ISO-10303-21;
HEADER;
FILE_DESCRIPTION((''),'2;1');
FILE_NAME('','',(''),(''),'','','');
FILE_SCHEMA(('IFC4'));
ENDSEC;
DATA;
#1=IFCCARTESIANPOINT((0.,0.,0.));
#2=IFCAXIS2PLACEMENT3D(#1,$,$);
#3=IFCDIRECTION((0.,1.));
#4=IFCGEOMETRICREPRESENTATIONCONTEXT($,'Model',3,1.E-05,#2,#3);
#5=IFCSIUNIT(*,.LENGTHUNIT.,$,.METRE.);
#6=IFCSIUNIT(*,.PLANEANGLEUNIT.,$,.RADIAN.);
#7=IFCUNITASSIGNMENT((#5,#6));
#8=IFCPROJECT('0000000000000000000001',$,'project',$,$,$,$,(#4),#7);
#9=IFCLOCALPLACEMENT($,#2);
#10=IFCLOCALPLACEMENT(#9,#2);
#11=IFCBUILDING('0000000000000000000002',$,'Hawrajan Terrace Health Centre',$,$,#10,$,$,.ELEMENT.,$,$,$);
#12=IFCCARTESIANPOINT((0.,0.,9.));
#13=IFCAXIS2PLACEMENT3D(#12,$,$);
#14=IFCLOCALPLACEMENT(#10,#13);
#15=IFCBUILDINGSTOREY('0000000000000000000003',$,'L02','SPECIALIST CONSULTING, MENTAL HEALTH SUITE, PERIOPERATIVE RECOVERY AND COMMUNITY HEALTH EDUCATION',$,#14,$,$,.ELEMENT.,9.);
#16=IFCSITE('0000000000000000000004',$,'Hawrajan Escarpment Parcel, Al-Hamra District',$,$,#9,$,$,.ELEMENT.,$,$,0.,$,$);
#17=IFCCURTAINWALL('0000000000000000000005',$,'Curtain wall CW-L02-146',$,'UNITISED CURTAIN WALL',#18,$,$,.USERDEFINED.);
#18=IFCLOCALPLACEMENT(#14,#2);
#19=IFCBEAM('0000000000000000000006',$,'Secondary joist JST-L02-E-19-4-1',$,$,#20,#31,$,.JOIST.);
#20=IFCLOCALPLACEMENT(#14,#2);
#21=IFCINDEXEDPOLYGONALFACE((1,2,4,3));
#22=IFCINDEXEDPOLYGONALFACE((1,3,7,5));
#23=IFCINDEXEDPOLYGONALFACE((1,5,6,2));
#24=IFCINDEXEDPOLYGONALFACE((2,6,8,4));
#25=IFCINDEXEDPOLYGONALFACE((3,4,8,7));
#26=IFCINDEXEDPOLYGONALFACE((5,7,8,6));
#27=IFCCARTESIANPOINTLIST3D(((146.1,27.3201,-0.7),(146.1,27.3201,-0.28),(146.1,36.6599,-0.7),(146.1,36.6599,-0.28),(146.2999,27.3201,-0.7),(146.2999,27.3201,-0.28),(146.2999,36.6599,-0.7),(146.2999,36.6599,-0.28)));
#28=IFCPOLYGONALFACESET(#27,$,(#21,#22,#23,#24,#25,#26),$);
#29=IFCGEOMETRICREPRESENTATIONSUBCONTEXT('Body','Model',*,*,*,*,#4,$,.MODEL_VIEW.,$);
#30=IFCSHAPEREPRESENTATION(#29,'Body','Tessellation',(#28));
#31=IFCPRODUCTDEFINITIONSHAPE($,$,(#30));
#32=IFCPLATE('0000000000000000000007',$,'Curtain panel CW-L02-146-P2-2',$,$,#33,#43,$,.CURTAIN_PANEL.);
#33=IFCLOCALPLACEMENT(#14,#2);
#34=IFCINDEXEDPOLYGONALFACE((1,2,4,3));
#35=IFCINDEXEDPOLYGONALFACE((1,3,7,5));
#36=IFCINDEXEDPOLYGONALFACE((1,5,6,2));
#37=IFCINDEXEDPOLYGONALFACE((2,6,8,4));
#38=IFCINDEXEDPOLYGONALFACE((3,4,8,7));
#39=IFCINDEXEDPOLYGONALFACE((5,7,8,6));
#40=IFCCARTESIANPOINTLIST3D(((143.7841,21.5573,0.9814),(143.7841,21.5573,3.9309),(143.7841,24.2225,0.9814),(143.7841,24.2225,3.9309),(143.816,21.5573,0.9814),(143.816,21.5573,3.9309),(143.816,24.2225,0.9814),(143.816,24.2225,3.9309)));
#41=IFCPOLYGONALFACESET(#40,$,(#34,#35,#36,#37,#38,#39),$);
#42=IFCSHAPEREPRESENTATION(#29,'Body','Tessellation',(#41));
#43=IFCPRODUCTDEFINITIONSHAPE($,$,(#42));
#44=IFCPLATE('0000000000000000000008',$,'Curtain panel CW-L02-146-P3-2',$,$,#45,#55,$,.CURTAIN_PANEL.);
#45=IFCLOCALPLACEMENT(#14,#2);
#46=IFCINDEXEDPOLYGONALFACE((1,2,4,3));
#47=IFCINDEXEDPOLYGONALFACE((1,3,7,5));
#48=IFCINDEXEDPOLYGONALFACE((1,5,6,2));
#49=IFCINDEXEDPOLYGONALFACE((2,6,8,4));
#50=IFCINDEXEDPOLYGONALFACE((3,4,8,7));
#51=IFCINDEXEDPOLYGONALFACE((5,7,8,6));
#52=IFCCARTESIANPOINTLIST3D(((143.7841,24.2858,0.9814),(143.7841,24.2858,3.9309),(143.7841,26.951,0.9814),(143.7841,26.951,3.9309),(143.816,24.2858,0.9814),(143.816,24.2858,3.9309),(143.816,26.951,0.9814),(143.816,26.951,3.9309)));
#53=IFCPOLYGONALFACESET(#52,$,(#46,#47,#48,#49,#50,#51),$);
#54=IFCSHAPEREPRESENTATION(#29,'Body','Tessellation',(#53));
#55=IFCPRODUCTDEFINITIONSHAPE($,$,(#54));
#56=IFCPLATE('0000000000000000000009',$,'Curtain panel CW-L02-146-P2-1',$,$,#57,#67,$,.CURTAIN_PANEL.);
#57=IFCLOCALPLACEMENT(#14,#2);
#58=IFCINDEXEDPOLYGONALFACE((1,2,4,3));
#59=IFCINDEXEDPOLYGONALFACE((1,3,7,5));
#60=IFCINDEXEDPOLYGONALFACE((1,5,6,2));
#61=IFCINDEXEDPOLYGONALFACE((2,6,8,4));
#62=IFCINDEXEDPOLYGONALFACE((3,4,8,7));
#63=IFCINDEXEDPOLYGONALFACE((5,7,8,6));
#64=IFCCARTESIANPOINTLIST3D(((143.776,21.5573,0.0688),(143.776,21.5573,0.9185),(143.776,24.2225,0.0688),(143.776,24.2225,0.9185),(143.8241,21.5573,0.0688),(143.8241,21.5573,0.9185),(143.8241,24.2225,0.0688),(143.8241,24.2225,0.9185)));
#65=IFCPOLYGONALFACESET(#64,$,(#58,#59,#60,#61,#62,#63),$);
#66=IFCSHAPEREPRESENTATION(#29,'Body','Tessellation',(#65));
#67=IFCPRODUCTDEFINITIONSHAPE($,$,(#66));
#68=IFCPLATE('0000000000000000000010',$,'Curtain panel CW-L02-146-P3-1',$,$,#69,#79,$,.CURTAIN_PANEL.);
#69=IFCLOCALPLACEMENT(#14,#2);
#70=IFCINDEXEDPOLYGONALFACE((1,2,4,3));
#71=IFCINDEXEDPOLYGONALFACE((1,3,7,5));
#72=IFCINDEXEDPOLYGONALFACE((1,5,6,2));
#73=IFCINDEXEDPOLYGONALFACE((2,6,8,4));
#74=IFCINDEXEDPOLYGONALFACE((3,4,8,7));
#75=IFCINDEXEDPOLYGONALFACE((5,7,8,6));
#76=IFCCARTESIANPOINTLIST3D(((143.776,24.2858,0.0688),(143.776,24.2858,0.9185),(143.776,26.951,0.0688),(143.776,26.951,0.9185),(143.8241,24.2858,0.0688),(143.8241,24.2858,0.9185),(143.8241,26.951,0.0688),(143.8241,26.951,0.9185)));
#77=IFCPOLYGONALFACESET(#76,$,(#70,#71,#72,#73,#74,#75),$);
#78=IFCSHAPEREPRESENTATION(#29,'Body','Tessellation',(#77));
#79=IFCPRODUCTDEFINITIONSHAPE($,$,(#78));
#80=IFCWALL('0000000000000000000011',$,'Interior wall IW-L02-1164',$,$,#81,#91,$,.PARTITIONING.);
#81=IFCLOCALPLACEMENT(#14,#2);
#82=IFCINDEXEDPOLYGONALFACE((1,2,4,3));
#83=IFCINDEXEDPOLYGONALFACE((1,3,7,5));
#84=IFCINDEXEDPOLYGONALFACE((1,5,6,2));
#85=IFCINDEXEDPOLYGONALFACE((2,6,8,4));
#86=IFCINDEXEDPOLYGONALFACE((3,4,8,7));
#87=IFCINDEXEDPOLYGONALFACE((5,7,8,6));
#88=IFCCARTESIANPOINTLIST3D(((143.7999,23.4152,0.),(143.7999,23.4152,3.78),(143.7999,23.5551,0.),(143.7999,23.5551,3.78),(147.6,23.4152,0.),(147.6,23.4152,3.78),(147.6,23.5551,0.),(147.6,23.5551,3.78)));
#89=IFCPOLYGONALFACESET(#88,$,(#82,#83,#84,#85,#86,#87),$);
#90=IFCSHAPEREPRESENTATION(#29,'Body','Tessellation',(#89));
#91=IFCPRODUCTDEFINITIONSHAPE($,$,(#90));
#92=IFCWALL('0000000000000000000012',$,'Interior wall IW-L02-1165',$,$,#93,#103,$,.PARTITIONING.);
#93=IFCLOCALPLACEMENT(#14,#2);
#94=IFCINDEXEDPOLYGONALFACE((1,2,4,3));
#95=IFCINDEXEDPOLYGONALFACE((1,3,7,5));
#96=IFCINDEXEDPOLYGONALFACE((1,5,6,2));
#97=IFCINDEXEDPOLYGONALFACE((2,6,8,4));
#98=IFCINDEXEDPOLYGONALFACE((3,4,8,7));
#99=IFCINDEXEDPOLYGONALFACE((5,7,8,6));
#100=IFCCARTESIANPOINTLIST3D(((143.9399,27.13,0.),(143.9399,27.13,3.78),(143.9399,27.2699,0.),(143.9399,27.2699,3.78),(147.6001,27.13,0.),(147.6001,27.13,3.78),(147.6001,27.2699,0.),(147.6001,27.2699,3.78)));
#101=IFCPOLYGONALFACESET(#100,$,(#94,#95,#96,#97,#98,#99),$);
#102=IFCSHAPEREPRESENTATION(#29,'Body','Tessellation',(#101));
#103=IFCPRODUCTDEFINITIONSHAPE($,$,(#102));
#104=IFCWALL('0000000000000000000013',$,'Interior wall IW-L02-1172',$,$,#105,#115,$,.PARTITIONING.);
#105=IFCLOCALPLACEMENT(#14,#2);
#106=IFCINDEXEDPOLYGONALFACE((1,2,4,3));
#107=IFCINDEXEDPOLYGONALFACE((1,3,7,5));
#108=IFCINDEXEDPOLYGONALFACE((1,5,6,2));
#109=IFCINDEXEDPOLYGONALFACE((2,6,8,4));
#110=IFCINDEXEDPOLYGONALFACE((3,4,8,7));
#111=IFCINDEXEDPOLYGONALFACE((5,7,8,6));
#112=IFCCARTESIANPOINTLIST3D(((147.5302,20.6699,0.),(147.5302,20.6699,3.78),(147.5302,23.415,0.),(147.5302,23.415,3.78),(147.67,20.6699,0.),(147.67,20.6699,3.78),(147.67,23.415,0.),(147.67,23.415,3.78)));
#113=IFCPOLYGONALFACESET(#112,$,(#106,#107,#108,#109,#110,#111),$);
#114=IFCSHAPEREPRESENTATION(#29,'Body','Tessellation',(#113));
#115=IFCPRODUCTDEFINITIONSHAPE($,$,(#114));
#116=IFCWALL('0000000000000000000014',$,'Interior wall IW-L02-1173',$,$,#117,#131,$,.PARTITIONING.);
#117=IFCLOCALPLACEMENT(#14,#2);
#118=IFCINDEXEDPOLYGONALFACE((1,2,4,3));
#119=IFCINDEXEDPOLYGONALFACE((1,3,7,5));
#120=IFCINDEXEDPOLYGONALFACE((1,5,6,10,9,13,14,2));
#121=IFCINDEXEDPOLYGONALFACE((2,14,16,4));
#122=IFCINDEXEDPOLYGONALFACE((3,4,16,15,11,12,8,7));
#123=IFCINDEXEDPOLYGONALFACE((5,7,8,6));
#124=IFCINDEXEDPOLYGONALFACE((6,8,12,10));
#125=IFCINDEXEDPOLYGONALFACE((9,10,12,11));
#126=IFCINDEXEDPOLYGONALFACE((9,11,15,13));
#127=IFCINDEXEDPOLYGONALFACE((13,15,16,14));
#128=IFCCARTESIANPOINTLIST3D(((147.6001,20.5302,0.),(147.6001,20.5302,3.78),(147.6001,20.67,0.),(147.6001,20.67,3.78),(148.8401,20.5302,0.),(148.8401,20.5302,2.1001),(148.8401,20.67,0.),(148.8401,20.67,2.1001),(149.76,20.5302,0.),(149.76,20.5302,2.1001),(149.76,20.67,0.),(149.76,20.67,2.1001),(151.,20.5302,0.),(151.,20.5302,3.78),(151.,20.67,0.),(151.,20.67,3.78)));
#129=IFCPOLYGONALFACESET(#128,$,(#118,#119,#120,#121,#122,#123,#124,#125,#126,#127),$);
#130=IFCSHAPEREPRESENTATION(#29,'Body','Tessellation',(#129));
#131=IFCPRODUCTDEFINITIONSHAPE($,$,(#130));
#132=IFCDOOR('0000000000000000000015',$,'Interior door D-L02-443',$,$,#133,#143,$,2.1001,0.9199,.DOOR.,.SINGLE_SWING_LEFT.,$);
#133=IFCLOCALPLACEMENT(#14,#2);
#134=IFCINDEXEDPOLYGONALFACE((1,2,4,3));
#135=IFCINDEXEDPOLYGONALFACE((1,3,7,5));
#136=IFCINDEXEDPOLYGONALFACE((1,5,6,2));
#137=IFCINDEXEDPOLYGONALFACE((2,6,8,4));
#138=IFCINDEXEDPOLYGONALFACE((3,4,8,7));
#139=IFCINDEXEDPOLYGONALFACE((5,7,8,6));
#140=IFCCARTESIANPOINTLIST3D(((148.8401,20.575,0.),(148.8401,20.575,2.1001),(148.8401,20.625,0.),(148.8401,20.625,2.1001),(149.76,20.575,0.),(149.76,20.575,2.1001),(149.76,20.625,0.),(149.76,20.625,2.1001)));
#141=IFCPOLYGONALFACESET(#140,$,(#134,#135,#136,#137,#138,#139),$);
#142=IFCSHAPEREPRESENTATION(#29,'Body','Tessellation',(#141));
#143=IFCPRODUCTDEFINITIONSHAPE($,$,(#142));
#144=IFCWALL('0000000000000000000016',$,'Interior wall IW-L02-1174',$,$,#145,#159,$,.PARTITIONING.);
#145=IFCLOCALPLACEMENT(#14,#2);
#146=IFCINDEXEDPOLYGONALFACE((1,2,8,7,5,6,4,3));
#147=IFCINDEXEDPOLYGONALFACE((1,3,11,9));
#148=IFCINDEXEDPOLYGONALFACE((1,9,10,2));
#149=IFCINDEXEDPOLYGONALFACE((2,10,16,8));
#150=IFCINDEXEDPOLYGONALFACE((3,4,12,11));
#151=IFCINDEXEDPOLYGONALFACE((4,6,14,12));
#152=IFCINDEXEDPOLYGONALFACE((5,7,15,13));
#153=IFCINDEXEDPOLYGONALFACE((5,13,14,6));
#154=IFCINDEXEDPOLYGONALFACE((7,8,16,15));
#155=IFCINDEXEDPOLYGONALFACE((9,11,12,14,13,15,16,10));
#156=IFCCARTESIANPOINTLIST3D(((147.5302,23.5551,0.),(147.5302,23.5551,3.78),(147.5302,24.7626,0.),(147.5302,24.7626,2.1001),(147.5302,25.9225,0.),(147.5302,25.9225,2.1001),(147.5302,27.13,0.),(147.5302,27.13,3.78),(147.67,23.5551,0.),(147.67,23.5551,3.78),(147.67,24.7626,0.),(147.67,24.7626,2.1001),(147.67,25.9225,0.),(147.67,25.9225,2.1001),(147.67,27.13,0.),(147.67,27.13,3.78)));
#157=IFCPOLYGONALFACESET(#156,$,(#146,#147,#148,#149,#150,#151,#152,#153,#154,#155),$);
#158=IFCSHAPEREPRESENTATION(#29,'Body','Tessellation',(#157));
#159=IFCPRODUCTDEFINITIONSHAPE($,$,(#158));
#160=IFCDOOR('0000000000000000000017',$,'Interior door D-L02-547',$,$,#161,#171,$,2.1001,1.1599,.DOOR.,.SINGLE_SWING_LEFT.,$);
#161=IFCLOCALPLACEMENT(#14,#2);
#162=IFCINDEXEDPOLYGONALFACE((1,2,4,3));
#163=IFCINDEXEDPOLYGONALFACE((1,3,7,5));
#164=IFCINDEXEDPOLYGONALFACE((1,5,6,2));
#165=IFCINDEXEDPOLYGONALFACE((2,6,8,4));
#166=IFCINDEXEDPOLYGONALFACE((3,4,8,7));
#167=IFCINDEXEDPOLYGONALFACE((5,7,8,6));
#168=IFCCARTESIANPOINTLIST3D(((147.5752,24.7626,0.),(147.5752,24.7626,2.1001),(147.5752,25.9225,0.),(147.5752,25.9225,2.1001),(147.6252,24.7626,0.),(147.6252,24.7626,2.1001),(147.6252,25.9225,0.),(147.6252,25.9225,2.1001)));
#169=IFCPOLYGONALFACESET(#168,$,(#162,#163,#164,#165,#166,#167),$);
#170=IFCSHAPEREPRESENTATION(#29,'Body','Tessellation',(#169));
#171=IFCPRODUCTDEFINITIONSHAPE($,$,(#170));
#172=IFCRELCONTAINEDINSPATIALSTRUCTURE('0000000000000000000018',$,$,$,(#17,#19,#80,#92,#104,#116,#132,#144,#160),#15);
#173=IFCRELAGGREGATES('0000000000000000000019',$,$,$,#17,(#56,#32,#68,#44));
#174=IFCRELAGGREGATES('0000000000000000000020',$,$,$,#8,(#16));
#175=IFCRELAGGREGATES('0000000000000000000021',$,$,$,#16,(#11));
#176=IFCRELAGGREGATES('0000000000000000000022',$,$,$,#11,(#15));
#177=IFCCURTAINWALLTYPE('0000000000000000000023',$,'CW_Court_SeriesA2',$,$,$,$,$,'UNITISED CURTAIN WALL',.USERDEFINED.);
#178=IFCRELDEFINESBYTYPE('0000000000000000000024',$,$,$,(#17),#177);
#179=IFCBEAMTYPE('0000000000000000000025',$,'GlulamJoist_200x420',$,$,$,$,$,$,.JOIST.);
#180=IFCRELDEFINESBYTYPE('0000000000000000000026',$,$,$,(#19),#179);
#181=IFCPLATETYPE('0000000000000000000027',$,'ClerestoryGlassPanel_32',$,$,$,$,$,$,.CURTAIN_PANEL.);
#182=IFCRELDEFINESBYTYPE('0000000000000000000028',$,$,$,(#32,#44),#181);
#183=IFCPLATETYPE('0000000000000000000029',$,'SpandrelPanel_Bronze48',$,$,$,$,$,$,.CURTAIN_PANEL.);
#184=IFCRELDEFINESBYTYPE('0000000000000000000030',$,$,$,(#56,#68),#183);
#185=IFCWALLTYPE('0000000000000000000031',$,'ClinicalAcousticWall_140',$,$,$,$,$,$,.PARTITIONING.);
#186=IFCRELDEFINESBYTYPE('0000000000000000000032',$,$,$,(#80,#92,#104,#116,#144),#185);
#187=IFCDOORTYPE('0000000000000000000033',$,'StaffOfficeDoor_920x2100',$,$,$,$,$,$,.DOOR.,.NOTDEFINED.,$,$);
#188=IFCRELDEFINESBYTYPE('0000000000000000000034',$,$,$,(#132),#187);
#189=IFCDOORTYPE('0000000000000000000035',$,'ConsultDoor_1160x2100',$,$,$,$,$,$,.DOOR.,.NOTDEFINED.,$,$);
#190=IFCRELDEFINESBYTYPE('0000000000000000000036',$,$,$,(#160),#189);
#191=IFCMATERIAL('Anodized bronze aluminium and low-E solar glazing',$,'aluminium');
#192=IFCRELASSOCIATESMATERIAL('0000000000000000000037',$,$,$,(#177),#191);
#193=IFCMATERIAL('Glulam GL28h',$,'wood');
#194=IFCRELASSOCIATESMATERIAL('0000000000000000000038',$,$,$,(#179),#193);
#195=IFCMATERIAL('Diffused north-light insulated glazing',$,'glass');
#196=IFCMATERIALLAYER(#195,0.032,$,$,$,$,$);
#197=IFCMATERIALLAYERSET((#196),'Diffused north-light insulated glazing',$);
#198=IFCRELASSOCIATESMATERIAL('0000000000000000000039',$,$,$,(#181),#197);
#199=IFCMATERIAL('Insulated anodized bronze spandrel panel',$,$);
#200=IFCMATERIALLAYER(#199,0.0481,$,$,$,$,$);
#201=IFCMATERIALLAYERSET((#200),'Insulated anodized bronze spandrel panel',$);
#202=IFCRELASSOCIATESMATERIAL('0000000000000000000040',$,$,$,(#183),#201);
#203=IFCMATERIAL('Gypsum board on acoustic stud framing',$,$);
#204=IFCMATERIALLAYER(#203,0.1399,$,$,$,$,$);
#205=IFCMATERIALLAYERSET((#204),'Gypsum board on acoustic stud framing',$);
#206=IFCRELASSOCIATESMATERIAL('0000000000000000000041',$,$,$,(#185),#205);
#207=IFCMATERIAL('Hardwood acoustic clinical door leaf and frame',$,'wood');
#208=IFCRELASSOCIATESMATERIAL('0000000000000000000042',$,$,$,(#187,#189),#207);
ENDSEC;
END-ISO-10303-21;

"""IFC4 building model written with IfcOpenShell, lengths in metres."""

from ifc_helpers import new_model, si_unit, direction, frame, frame_2d, origin, origin_2d, place, context, subcontext, project, spatial, rectangle, extrude, material, layer, layer_set, material_profile, profile_set, type_object, element, fill, aggregate, save


model = new_model("IFC4")

# Units and contexts
model_context = context("Model", 3, precision=1e-05, world=origin(), true_north=direction((0.0, 1.0)))
body_context = subcontext(model_context, "Body", "Model", "MODEL_VIEW")
ifc_project = project(units=[si_unit("LENGTHUNIT", "METRE"), si_unit("PLANEANGLEUNIT", "RADIAN")], contexts=[model_context])

# Site, building, storey
site_placement = place(None, origin())
site = spatial("IfcSite", under=ifc_project, at=site_placement, Name="Hawrajan Escarpment Parcel, Al-Hamra District", CompositionType="ELEMENT", RefElevation=0.0)
building_placement = place(site_placement, origin())
building = spatial("IfcBuilding", under=site, at=building_placement, Name="Hawrajan Terrace Health Centre", CompositionType="ELEMENT")
storey_placement = place(building_placement, frame((0.0, 0.0, 9.0)))
storey = spatial("IfcBuildingStorey", under=building, at=storey_placement, Name="L02", Description="SPECIALIST CONSULTING, MENTAL HEALTH SUITE, PERIOPERATIVE RECOVERY AND COMMUNITY HEALTH EDUCATION", CompositionType="ELEMENT", Elevation=9.0)

# Shared definitions
ifc_material_1 = material(Name="Anodized bronze aluminium and low-E solar glazing", Category="aluminium")

# Curtain wall
curtain_wall_type_1 = type_object("IfcCurtainWallType", Name="CW_Court_SeriesA2", ElementType="UNITISED CURTAIN WALL", PredefinedType="USERDEFINED", material=ifc_material_1)
curtain_wall_1_placement = place(storey_placement, origin())
curtain_wall_1 = element("IfcCurtainWall", 1, at=curtain_wall_1_placement, inside=storey, type_object=curtain_wall_type_1, Name="Curtain wall CW-L02-146", ObjectType="UNITISED CURTAIN WALL", PredefinedType="USERDEFINED")

# Beam
ifc_material_2 = material(Name="Glulam GL28h", Category="wood")
ifc_material_profile_1 = material_profile(ifc_material_2, rectangle(XDim=0.2, YDim=0.4199, at=origin_2d()), Name="GL JST 200x420")
ifc_profile_set_1 = profile_set([ifc_material_profile_1], Name="Glulam GL28h")
beam_type_1 = type_object("IfcBeamType", Name="GlulamJoist_200x420", PredefinedType="JOIST", material=ifc_profile_set_1)
beam_1_placement = place(storey_placement, frame((146.2, 27.3201, -0.49), z_axis=(0.0, 1.0, 0.0), x_axis=(-1.0, 0.0, 0.0)))
element("IfcBeam", 2, at=beam_1_placement, inside=storey, type_object=beam_type_1, Name="Secondary joist JST-L02-E-19-4-1", PredefinedType="JOIST", context=body_context, shape_type="SweptSolid", body=[
    extrude(rectangle(XDim=0.2, YDim=0.4199, at=origin_2d()), origin(), (0.0, 0.0, 1.0), 9.3398),
])

# Plates
ifc_material_3 = material(Name="Diffused north-light insulated glazing", Category="glass")
ifc_layer_1 = layer(ifc_material_3, 0.032)
ifc_layer_set_1 = layer_set([ifc_layer_1], Name="Diffused north-light insulated glazing")
plate_type_1 = type_object("IfcPlateType", Name="ClerestoryGlassPanel_32", PredefinedType="CURTAIN_PANEL", material=ifc_layer_set_1)
plate_1_placement = place(storey_placement, frame((143.8, 22.8899, 0.9814), z_axis=(0.0, 0.0, 1.0), x_axis=(0.0, 1.0, 0.0)))
plate_1 = element("IfcPlate", 3, at=plate_1_placement, type_object=plate_type_1, Name="Curtain panel CW-L02-146-P2-2", PredefinedType="CURTAIN_PANEL", context=body_context, shape_type="SweptSolid", body=[
    extrude(rectangle(XDim=2.6653, YDim=0.032, at=origin_2d()), origin(), (0.0, 0.0, 1.0), 2.9495),
])
plate_2_placement = place(storey_placement, frame((143.8, 25.6184, 0.9814), z_axis=(0.0, 0.0, 1.0), x_axis=(0.0, 1.0, 0.0)))
plate_2 = element("IfcPlate", 4, at=plate_2_placement, type_object=plate_type_1, Name="Curtain panel CW-L02-146-P3-2", PredefinedType="CURTAIN_PANEL", context=body_context, shape_type="SweptSolid", body=[
    extrude(rectangle(XDim=2.6653, YDim=0.032, at=origin_2d()), origin(), (0.0, 0.0, 1.0), 2.9495),
])
ifc_material_4 = material(Name="Insulated anodized bronze spandrel panel")
ifc_layer_2 = layer(ifc_material_4, 0.0481)
ifc_layer_set_2 = layer_set([ifc_layer_2], Name="Insulated anodized bronze spandrel panel")
plate_type_2 = type_object("IfcPlateType", Name="SpandrelPanel_Bronze48", PredefinedType="CURTAIN_PANEL", material=ifc_layer_set_2)
plate_3_placement = place(storey_placement, frame((143.8, 22.8899, 0.0688), z_axis=(0.0, 0.0, 1.0), x_axis=(0.0, 1.0, 0.0)))
plate_3 = element("IfcPlate", 5, at=plate_3_placement, type_object=plate_type_2, Name="Curtain panel CW-L02-146-P2-1", PredefinedType="CURTAIN_PANEL", context=body_context, shape_type="SweptSolid", body=[
    extrude(rectangle(XDim=2.6653, YDim=0.0481, at=origin_2d()), origin(), (0.0, 0.0, 1.0), 0.8496),
])
plate_4_placement = place(storey_placement, frame((143.8, 25.6184, 0.0688), z_axis=(0.0, 0.0, 1.0), x_axis=(0.0, 1.0, 0.0)))
plate_4 = element("IfcPlate", 6, at=plate_4_placement, type_object=plate_type_2, Name="Curtain panel CW-L02-146-P3-1", PredefinedType="CURTAIN_PANEL", context=body_context, shape_type="SweptSolid", body=[
    extrude(rectangle(XDim=2.6653, YDim=0.0481, at=origin_2d()), origin(), (0.0, 0.0, 1.0), 0.8496),
])
aggregate(curtain_wall_1, [plate_3, plate_1, plate_4, plate_2])

# Walls
ifc_material_5 = material(Name="Gypsum board on acoustic stud framing")
ifc_layer_3 = layer(ifc_material_5, 0.1399)
ifc_layer_set_3 = layer_set([ifc_layer_3], Name="Gypsum board on acoustic stud framing")
wall_type = type_object("IfcWallType", Name="ClinicalAcousticWall_140", PredefinedType="PARTITIONING", material=ifc_layer_set_3)
wall_1_placement = place(storey_placement, frame((143.8, 23.4851, 0.0), z_axis=(0.0, 0.0, 1.0), x_axis=(1.0, 0.0, 0.0)))
element("IfcWall", 7, at=wall_1_placement, inside=storey, type_object=wall_type, Name="Interior wall IW-L02-1164", PredefinedType="PARTITIONING", context=body_context, shape_type="SweptSolid", body=[
    extrude(rectangle(XDim=3.8, YDim=0.1399, at=frame_2d((1.8999, 0.0))), origin(), (0.0, 0.0, 1.0), 3.78),
])
wall_2_placement = place(storey_placement, frame((143.9399, 27.2, 0.0), z_axis=(0.0, 0.0, 1.0), x_axis=(1.0, 0.0, 0.0)))
element("IfcWall", 8, at=wall_2_placement, inside=storey, type_object=wall_type, Name="Interior wall IW-L02-1165", PredefinedType="PARTITIONING", context=body_context, shape_type="SweptSolid", body=[
    extrude(rectangle(XDim=3.6602, YDim=0.1399, at=frame_2d((1.8301, 0.0))), origin(), (0.0, 0.0, 1.0), 3.78),
])
wall_3_placement = place(storey_placement, frame((147.6001, 20.6699, 0.0), z_axis=(0.0, 0.0, 1.0), x_axis=(0.0, 1.0, 0.0)))
element("IfcWall", 9, at=wall_3_placement, inside=storey, type_object=wall_type, Name="Interior wall IW-L02-1172", PredefinedType="PARTITIONING", context=body_context, shape_type="SweptSolid", body=[
    extrude(rectangle(XDim=2.7451, YDim=0.1399, at=frame_2d((1.3726, 0.0))), origin(), (0.0, 0.0, 1.0), 3.78),
])

# Walls, openings, doors
wall_4_placement = place(storey_placement, frame((147.6001, 20.6001, 0.0), z_axis=(0.0, 0.0, 1.0), x_axis=(1.0, 0.0, 0.0)))
wall_4 = element("IfcWall", 10, at=wall_4_placement, inside=storey, type_object=wall_type, Name="Interior wall IW-L02-1173", PredefinedType="PARTITIONING", context=body_context, shape_type="SweptSolid", body=[
    extrude(rectangle(XDim=3.3999, YDim=0.1399, at=frame_2d((1.7, 0.0))), origin(), (0.0, 0.0, 1.0), 3.78),
])
opening_1_placement = place(wall_4_placement, frame((1.24, 0.0, 0.0)))
opening_1 = element("IfcOpeningElement", 11, at=opening_1_placement, cuts=wall_4, PredefinedType="OPENING", context=body_context, shape_type="SweptSolid", body=[
    extrude(rectangle(XDim=0.9199, YDim=2.1001, at=frame_2d((0.46, 1.05))), frame((0.0, 0.0798, 0.0), z_axis=(0.0, -1.0, 0.0), x_axis=(1.0, 0.0, 0.0)), (0.0, 0.0, 1.0), 0.1599),
])
ifc_material_6 = material(Name="Hardwood acoustic clinical door leaf and frame", Category="wood")
door_type_1 = type_object("IfcDoorType", Name="StaffOfficeDoor_920x2100", OperationType="NOTDEFINED", PredefinedType="DOOR", material=ifc_material_6)
door_1_placement = place(opening_1_placement, origin())
door_1 = element("IfcDoor", 12, at=door_1_placement, inside=storey, type_object=door_type_1, Name="Interior door D-L02-443", OperationType="SINGLE_SWING_LEFT", OverallHeight=2.1001, OverallWidth=0.9199, PredefinedType="DOOR", context=body_context, shape_type="SweptSolid", body=[
    extrude(rectangle(XDim=0.9199, YDim=2.1001, at=frame_2d((0.46, 1.05))), frame((0.0, 0.0249, 0.0), z_axis=(0.0, -1.0, 0.0), x_axis=(1.0, 0.0, 0.0)), (0.0, 0.0, 1.0), 0.05),
])
fill(opening_1, door_1)
wall_5_placement = place(storey_placement, frame((147.6001, 23.5549, 0.0), z_axis=(0.0, 0.0, 1.0), x_axis=(0.0, 1.0, 0.0)))
wall_5 = element("IfcWall", 13, at=wall_5_placement, inside=storey, type_object=wall_type, Name="Interior wall IW-L02-1174", PredefinedType="PARTITIONING", context=body_context, shape_type="SweptSolid", body=[
    extrude(rectangle(XDim=3.575, YDim=0.1399, at=frame_2d((1.7876, 0.0))), origin(), (0.0, 0.0, 1.0), 3.78),
])
opening_2_placement = place(wall_5_placement, frame((1.2075, 0.0, 0.0)))
opening_2 = element("IfcOpeningElement", 14, at=opening_2_placement, cuts=wall_5, PredefinedType="OPENING", context=body_context, shape_type="SweptSolid", body=[
    extrude(rectangle(XDim=1.1599, YDim=2.1001, at=frame_2d((0.5801, 1.05))), frame((0.0, 0.0798, 0.0), z_axis=(0.0, -1.0, 0.0), x_axis=(1.0, 0.0, 0.0)), (0.0, 0.0, 1.0), 0.1599),
])
door_type_2 = type_object("IfcDoorType", Name="ConsultDoor_1160x2100", OperationType="NOTDEFINED", PredefinedType="DOOR", material=ifc_material_6)
door_2_placement = place(opening_2_placement, origin())
door_2 = element("IfcDoor", 15, at=door_2_placement, inside=storey, type_object=door_type_2, Name="Interior door D-L02-547", OperationType="SINGLE_SWING_LEFT", OverallHeight=2.1001, OverallWidth=1.1599, PredefinedType="DOOR", context=body_context, shape_type="SweptSolid", body=[
    extrude(rectangle(XDim=1.1599, YDim=2.1001, at=frame_2d((0.5801, 1.05))), frame((0.0, 0.0249, 0.0), z_axis=(0.0, -1.0, 0.0), x_axis=(1.0, 0.0, 0.0)), (0.0, 0.0, 1.0), 0.05),
])
fill(opening_2, door_2)

save(model, "model.ifc")
